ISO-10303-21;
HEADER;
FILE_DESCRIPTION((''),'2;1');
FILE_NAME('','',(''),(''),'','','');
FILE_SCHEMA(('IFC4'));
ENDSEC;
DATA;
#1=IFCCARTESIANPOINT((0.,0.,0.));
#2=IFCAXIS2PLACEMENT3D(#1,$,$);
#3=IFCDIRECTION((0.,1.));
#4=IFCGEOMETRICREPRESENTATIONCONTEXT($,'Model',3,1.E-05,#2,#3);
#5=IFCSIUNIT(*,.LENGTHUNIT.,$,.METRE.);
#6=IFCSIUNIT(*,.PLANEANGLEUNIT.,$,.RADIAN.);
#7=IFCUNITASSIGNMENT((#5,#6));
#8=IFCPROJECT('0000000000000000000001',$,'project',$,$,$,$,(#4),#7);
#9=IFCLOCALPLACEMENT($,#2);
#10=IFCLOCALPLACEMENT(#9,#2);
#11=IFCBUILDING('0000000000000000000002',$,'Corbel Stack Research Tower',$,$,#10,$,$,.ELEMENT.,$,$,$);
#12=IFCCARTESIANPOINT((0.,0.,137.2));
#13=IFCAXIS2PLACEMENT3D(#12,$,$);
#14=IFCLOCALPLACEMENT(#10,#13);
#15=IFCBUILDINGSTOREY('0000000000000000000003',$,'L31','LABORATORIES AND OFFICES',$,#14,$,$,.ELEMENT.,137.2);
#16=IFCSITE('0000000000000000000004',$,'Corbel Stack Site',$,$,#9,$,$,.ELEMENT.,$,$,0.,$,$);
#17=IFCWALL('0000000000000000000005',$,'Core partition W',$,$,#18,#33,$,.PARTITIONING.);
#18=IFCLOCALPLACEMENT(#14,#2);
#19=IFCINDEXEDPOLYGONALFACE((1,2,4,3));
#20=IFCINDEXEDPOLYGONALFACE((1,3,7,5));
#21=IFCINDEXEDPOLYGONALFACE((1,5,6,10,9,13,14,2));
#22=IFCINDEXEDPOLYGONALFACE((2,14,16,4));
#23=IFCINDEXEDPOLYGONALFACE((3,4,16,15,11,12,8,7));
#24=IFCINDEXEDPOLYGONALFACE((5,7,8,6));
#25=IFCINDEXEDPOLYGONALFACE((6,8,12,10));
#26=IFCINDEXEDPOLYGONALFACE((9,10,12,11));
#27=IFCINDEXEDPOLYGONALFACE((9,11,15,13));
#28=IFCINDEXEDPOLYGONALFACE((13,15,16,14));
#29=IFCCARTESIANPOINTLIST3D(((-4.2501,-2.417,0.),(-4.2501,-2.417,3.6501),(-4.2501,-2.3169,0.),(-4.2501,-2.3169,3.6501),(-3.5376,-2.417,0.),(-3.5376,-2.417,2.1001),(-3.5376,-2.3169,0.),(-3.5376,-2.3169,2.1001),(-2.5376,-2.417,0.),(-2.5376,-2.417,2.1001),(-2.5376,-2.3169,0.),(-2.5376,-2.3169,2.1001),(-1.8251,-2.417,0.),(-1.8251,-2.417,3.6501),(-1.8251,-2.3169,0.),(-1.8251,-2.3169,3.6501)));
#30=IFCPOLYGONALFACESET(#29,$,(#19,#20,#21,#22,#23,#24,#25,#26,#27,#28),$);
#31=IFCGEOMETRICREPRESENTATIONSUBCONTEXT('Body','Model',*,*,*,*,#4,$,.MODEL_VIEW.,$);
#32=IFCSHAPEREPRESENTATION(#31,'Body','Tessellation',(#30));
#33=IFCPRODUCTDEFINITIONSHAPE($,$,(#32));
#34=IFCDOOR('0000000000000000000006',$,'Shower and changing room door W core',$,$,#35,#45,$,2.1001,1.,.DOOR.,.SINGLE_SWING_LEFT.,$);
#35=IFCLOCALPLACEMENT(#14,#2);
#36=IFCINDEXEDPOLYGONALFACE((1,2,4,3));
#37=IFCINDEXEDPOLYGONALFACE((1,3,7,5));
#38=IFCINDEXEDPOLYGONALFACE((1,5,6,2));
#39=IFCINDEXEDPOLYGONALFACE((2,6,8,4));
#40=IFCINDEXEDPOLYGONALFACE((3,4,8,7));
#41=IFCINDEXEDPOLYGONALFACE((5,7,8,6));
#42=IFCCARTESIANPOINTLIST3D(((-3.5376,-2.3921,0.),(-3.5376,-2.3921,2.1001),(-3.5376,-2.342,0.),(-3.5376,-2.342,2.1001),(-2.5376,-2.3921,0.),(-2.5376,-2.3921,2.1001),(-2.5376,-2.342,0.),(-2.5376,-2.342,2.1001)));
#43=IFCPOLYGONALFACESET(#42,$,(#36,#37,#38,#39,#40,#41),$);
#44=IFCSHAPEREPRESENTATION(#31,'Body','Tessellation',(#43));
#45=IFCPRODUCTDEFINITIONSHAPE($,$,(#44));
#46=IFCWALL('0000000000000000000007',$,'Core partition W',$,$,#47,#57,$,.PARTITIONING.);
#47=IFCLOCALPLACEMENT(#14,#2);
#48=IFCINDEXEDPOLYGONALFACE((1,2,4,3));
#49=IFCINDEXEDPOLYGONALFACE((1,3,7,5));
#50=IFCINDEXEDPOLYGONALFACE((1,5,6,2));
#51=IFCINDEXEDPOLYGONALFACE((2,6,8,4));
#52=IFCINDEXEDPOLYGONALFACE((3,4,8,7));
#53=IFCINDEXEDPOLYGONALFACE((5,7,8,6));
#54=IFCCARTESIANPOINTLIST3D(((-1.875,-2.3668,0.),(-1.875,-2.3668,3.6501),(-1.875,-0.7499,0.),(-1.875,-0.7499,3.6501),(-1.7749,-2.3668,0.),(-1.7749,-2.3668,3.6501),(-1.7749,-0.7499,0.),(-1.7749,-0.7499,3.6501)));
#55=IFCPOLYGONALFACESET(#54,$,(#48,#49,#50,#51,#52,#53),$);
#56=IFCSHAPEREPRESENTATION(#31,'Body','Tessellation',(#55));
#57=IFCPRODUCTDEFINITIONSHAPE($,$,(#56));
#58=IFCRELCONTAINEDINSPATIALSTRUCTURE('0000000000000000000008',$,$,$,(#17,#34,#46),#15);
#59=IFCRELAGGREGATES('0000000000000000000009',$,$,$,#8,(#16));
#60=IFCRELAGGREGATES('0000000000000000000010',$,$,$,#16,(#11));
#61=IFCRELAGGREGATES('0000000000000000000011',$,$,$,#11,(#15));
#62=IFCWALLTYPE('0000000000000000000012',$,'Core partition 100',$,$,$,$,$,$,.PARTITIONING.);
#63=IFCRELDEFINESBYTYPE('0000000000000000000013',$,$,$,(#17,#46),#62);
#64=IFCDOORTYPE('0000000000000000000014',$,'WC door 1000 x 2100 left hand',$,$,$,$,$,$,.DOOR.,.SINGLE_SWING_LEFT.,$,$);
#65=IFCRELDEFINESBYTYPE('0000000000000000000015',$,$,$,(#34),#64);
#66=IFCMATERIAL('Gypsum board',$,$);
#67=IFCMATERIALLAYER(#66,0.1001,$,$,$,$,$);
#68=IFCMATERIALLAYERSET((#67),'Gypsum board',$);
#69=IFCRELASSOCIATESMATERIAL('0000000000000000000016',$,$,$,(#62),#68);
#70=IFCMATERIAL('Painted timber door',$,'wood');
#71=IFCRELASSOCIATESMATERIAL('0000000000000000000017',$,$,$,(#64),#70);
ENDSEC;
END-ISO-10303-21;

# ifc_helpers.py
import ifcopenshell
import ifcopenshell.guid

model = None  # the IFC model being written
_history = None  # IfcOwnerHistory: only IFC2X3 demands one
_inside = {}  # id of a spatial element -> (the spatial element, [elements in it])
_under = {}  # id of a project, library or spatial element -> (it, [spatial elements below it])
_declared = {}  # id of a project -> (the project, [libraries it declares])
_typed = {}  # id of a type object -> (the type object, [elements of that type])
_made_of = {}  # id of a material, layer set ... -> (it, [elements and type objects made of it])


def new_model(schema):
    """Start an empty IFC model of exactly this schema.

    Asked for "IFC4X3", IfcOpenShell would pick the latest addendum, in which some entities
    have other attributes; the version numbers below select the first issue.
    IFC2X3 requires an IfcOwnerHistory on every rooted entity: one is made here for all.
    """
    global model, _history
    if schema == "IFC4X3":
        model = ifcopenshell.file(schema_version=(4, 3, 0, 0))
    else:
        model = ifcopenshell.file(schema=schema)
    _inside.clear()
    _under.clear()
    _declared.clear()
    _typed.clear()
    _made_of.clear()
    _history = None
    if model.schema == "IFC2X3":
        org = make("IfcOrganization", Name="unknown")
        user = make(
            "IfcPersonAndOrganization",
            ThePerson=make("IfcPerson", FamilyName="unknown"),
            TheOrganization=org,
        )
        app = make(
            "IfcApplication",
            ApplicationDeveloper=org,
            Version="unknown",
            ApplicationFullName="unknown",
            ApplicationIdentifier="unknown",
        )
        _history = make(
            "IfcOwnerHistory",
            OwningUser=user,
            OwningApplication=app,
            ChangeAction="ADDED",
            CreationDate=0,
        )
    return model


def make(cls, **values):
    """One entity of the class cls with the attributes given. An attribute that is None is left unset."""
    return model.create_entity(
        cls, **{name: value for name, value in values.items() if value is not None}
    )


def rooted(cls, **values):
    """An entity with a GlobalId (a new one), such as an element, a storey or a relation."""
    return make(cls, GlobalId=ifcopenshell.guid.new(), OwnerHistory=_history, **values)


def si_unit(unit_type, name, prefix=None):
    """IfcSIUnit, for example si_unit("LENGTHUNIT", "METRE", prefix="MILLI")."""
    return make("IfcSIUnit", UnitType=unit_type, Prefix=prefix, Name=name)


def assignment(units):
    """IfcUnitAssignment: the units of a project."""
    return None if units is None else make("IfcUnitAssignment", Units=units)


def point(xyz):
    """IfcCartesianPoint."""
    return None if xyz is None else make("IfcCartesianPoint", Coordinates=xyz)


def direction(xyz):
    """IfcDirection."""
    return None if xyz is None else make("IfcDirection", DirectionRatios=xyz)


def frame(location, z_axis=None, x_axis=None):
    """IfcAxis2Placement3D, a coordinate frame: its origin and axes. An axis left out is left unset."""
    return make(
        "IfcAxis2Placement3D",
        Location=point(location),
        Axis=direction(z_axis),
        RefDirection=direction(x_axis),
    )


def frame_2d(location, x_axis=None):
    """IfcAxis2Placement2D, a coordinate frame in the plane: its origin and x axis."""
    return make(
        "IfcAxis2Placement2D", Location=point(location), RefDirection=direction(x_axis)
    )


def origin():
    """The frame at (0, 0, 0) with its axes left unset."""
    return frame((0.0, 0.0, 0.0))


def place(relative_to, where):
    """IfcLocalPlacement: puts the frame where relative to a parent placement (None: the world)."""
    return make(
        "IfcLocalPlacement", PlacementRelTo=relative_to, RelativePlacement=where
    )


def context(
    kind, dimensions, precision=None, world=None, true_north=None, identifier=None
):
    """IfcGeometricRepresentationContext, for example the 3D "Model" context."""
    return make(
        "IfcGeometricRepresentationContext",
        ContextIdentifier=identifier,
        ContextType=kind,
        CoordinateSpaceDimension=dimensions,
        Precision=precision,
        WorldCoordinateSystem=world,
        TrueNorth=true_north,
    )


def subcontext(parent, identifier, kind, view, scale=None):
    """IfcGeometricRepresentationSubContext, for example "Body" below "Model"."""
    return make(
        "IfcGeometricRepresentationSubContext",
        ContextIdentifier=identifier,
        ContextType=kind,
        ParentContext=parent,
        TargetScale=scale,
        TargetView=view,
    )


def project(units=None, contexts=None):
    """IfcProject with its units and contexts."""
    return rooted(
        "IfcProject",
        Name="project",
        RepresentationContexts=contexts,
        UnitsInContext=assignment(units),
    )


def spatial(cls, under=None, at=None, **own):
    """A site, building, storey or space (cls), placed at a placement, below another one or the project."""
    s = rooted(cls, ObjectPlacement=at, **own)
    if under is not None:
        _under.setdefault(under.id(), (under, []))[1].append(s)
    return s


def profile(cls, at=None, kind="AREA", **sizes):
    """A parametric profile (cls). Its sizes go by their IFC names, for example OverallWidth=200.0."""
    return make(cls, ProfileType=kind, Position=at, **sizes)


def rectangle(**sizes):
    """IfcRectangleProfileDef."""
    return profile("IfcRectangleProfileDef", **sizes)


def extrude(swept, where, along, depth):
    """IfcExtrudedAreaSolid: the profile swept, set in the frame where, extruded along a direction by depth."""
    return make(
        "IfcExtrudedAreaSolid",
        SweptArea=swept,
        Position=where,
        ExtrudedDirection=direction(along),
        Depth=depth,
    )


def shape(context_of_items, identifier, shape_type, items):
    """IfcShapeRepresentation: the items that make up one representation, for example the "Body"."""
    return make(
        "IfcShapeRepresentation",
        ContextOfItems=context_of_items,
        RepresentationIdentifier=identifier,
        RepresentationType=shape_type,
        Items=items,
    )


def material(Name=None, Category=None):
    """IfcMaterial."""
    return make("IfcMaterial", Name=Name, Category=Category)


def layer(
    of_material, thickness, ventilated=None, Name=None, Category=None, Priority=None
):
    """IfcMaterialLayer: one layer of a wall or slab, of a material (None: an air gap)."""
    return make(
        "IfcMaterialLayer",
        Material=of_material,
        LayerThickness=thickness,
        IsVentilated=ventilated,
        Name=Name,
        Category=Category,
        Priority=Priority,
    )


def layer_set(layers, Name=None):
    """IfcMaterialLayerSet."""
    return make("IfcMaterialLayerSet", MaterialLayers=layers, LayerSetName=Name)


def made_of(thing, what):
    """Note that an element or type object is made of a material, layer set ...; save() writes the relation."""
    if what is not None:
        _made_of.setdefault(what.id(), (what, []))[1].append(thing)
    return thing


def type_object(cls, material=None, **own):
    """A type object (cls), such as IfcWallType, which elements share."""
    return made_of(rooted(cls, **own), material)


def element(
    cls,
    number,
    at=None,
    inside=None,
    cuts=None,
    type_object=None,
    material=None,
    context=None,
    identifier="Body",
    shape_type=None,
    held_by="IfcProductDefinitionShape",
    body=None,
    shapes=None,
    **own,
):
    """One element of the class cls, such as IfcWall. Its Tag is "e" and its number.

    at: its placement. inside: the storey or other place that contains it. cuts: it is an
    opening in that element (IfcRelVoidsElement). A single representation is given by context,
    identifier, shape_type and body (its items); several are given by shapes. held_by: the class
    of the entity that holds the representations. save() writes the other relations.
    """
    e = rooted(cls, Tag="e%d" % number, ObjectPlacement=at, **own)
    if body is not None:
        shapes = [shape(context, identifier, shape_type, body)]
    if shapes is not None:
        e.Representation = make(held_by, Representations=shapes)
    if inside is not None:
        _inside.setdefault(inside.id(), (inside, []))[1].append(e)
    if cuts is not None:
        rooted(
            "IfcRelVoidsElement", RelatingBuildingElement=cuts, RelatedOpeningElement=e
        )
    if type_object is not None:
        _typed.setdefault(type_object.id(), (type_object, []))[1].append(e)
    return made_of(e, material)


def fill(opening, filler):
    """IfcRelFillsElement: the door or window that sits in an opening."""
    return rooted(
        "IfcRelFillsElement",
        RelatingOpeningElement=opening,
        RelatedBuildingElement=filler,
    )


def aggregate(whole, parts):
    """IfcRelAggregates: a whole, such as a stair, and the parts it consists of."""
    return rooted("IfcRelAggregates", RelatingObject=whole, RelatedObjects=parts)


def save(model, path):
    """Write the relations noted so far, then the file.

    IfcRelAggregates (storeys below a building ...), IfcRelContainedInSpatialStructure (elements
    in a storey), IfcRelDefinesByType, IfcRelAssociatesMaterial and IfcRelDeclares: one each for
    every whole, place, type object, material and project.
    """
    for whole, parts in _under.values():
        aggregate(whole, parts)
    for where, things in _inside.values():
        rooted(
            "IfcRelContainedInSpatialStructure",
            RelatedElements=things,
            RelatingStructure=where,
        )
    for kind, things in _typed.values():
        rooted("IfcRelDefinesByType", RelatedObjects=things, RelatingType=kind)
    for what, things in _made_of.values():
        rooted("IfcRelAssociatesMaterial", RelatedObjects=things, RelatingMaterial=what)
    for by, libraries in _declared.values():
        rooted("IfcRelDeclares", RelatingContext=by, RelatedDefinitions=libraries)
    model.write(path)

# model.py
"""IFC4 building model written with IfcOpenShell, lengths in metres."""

from ifc_helpers import new_model, si_unit, direction, frame, frame_2d, origin, place, context, subcontext, project, spatial, rectangle, extrude, material, layer, layer_set, type_object, element, fill, save


model = new_model("IFC4")

# Units and contexts
model_context = context("Model", 3, precision=1e-05, world=origin(), true_north=direction((0.0, 1.0)))
body_context = subcontext(model_context, "Body", "Model", "MODEL_VIEW")
ifc_project = project(units=[si_unit("LENGTHUNIT", "METRE"), si_unit("PLANEANGLEUNIT", "RADIAN")], contexts=[model_context])

# Site, building, storey
site_placement = place(None, origin())
site = spatial("IfcSite", under=ifc_project, at=site_placement, Name="Corbel Stack Site", CompositionType="ELEMENT", RefElevation=0.0)
building_placement = place(site_placement, origin())
building = spatial("IfcBuilding", under=site, at=building_placement, Name="Corbel Stack Research Tower", CompositionType="ELEMENT")
storey_placement = place(building_placement, frame((0.0, 0.0, 137.2)))
storey = spatial("IfcBuildingStorey", under=building, at=storey_placement, Name="L31", Description="LABORATORIES AND OFFICES", CompositionType="ELEMENT", Elevation=137.2)

# Wall, opening, door
ifc_material_1 = material(Name="Gypsum board")
ifc_layer_1 = layer(ifc_material_1, 0.1001)
ifc_layer_set_1 = layer_set([ifc_layer_1], Name="Gypsum board")
wall_type_1 = type_object("IfcWallType", Name="Core partition 100", PredefinedType="PARTITIONING", material=ifc_layer_set_1)
wall_1_placement = place(storey_placement, frame((-4.25, -2.3669, 0.0), z_axis=(0.0, 0.0, 1.0), x_axis=(1.0, 0.0, 0.0)))
wall_1 = element("IfcWall", 1, at=wall_1_placement, inside=storey, type_object=wall_type_1, Name="Core partition W", PredefinedType="PARTITIONING", context=body_context, shape_type="SweptSolid", body=[
    extrude(rectangle(XDim=2.425, YDim=0.1001, at=frame_2d((1.2124, 0.0))), origin(), (0.0, 0.0, 1.0), 3.6501),
])
opening_1_placement = place(wall_1_placement, frame((0.7124, 0.0, 0.0)))
opening_1 = element("IfcOpeningElement", 2, at=opening_1_placement, cuts=wall_1, PredefinedType="OPENING", context=body_context, shape_type="SweptSolid", body=[
    extrude(rectangle(XDim=1.0, YDim=2.1001, at=frame_2d((0.5, 1.05))), frame((0.0, 0.0601, 0.0), z_axis=(0.0, -1.0, 0.0), x_axis=(1.0, 0.0, 0.0)), (0.0, 0.0, 1.0), 0.1201),
])
ifc_material_2 = material(Name="Painted timber door", Category="wood")
door_type_1 = type_object("IfcDoorType", Name="WC door 1000 x 2100 left hand", OperationType="SINGLE_SWING_LEFT", PredefinedType="DOOR", material=ifc_material_2)
door_1_placement = place(opening_1_placement, origin())
door_1 = element("IfcDoor", 3, at=door_1_placement, inside=storey, type_object=door_type_1, Name="Shower and changing room door W core", OperationType="SINGLE_SWING_LEFT", OverallHeight=2.1001, OverallWidth=1.0, PredefinedType="DOOR", context=body_context, shape_type="SweptSolid", body=[
    extrude(rectangle(XDim=1.0, YDim=2.1001, at=frame_2d((0.5, 1.05))), frame((0.0, 0.0249, 0.0), z_axis=(0.0, -1.0, 0.0), x_axis=(1.0, 0.0, 0.0)), (0.0, 0.0, 1.0), 0.05),
])
fill(opening_1, door_1)

# Wall
wall_2_placement = place(storey_placement, frame((-1.825, -2.3669, 0.0), z_axis=(0.0, 0.0, 1.0), x_axis=(0.0, 1.0, 0.0)))
element("IfcWall", 4, at=wall_2_placement, inside=storey, type_object=wall_type_1, Name="Core partition W", PredefinedType="PARTITIONING", context=body_context, shape_type="SweptSolid", body=[
    extrude(rectangle(XDim=1.6169, YDim=0.1001, at=frame_2d((0.8086, 0.0))), origin(), (0.0, 0.0, 1.0), 3.6501),
])

save(model, "model.ifc")
